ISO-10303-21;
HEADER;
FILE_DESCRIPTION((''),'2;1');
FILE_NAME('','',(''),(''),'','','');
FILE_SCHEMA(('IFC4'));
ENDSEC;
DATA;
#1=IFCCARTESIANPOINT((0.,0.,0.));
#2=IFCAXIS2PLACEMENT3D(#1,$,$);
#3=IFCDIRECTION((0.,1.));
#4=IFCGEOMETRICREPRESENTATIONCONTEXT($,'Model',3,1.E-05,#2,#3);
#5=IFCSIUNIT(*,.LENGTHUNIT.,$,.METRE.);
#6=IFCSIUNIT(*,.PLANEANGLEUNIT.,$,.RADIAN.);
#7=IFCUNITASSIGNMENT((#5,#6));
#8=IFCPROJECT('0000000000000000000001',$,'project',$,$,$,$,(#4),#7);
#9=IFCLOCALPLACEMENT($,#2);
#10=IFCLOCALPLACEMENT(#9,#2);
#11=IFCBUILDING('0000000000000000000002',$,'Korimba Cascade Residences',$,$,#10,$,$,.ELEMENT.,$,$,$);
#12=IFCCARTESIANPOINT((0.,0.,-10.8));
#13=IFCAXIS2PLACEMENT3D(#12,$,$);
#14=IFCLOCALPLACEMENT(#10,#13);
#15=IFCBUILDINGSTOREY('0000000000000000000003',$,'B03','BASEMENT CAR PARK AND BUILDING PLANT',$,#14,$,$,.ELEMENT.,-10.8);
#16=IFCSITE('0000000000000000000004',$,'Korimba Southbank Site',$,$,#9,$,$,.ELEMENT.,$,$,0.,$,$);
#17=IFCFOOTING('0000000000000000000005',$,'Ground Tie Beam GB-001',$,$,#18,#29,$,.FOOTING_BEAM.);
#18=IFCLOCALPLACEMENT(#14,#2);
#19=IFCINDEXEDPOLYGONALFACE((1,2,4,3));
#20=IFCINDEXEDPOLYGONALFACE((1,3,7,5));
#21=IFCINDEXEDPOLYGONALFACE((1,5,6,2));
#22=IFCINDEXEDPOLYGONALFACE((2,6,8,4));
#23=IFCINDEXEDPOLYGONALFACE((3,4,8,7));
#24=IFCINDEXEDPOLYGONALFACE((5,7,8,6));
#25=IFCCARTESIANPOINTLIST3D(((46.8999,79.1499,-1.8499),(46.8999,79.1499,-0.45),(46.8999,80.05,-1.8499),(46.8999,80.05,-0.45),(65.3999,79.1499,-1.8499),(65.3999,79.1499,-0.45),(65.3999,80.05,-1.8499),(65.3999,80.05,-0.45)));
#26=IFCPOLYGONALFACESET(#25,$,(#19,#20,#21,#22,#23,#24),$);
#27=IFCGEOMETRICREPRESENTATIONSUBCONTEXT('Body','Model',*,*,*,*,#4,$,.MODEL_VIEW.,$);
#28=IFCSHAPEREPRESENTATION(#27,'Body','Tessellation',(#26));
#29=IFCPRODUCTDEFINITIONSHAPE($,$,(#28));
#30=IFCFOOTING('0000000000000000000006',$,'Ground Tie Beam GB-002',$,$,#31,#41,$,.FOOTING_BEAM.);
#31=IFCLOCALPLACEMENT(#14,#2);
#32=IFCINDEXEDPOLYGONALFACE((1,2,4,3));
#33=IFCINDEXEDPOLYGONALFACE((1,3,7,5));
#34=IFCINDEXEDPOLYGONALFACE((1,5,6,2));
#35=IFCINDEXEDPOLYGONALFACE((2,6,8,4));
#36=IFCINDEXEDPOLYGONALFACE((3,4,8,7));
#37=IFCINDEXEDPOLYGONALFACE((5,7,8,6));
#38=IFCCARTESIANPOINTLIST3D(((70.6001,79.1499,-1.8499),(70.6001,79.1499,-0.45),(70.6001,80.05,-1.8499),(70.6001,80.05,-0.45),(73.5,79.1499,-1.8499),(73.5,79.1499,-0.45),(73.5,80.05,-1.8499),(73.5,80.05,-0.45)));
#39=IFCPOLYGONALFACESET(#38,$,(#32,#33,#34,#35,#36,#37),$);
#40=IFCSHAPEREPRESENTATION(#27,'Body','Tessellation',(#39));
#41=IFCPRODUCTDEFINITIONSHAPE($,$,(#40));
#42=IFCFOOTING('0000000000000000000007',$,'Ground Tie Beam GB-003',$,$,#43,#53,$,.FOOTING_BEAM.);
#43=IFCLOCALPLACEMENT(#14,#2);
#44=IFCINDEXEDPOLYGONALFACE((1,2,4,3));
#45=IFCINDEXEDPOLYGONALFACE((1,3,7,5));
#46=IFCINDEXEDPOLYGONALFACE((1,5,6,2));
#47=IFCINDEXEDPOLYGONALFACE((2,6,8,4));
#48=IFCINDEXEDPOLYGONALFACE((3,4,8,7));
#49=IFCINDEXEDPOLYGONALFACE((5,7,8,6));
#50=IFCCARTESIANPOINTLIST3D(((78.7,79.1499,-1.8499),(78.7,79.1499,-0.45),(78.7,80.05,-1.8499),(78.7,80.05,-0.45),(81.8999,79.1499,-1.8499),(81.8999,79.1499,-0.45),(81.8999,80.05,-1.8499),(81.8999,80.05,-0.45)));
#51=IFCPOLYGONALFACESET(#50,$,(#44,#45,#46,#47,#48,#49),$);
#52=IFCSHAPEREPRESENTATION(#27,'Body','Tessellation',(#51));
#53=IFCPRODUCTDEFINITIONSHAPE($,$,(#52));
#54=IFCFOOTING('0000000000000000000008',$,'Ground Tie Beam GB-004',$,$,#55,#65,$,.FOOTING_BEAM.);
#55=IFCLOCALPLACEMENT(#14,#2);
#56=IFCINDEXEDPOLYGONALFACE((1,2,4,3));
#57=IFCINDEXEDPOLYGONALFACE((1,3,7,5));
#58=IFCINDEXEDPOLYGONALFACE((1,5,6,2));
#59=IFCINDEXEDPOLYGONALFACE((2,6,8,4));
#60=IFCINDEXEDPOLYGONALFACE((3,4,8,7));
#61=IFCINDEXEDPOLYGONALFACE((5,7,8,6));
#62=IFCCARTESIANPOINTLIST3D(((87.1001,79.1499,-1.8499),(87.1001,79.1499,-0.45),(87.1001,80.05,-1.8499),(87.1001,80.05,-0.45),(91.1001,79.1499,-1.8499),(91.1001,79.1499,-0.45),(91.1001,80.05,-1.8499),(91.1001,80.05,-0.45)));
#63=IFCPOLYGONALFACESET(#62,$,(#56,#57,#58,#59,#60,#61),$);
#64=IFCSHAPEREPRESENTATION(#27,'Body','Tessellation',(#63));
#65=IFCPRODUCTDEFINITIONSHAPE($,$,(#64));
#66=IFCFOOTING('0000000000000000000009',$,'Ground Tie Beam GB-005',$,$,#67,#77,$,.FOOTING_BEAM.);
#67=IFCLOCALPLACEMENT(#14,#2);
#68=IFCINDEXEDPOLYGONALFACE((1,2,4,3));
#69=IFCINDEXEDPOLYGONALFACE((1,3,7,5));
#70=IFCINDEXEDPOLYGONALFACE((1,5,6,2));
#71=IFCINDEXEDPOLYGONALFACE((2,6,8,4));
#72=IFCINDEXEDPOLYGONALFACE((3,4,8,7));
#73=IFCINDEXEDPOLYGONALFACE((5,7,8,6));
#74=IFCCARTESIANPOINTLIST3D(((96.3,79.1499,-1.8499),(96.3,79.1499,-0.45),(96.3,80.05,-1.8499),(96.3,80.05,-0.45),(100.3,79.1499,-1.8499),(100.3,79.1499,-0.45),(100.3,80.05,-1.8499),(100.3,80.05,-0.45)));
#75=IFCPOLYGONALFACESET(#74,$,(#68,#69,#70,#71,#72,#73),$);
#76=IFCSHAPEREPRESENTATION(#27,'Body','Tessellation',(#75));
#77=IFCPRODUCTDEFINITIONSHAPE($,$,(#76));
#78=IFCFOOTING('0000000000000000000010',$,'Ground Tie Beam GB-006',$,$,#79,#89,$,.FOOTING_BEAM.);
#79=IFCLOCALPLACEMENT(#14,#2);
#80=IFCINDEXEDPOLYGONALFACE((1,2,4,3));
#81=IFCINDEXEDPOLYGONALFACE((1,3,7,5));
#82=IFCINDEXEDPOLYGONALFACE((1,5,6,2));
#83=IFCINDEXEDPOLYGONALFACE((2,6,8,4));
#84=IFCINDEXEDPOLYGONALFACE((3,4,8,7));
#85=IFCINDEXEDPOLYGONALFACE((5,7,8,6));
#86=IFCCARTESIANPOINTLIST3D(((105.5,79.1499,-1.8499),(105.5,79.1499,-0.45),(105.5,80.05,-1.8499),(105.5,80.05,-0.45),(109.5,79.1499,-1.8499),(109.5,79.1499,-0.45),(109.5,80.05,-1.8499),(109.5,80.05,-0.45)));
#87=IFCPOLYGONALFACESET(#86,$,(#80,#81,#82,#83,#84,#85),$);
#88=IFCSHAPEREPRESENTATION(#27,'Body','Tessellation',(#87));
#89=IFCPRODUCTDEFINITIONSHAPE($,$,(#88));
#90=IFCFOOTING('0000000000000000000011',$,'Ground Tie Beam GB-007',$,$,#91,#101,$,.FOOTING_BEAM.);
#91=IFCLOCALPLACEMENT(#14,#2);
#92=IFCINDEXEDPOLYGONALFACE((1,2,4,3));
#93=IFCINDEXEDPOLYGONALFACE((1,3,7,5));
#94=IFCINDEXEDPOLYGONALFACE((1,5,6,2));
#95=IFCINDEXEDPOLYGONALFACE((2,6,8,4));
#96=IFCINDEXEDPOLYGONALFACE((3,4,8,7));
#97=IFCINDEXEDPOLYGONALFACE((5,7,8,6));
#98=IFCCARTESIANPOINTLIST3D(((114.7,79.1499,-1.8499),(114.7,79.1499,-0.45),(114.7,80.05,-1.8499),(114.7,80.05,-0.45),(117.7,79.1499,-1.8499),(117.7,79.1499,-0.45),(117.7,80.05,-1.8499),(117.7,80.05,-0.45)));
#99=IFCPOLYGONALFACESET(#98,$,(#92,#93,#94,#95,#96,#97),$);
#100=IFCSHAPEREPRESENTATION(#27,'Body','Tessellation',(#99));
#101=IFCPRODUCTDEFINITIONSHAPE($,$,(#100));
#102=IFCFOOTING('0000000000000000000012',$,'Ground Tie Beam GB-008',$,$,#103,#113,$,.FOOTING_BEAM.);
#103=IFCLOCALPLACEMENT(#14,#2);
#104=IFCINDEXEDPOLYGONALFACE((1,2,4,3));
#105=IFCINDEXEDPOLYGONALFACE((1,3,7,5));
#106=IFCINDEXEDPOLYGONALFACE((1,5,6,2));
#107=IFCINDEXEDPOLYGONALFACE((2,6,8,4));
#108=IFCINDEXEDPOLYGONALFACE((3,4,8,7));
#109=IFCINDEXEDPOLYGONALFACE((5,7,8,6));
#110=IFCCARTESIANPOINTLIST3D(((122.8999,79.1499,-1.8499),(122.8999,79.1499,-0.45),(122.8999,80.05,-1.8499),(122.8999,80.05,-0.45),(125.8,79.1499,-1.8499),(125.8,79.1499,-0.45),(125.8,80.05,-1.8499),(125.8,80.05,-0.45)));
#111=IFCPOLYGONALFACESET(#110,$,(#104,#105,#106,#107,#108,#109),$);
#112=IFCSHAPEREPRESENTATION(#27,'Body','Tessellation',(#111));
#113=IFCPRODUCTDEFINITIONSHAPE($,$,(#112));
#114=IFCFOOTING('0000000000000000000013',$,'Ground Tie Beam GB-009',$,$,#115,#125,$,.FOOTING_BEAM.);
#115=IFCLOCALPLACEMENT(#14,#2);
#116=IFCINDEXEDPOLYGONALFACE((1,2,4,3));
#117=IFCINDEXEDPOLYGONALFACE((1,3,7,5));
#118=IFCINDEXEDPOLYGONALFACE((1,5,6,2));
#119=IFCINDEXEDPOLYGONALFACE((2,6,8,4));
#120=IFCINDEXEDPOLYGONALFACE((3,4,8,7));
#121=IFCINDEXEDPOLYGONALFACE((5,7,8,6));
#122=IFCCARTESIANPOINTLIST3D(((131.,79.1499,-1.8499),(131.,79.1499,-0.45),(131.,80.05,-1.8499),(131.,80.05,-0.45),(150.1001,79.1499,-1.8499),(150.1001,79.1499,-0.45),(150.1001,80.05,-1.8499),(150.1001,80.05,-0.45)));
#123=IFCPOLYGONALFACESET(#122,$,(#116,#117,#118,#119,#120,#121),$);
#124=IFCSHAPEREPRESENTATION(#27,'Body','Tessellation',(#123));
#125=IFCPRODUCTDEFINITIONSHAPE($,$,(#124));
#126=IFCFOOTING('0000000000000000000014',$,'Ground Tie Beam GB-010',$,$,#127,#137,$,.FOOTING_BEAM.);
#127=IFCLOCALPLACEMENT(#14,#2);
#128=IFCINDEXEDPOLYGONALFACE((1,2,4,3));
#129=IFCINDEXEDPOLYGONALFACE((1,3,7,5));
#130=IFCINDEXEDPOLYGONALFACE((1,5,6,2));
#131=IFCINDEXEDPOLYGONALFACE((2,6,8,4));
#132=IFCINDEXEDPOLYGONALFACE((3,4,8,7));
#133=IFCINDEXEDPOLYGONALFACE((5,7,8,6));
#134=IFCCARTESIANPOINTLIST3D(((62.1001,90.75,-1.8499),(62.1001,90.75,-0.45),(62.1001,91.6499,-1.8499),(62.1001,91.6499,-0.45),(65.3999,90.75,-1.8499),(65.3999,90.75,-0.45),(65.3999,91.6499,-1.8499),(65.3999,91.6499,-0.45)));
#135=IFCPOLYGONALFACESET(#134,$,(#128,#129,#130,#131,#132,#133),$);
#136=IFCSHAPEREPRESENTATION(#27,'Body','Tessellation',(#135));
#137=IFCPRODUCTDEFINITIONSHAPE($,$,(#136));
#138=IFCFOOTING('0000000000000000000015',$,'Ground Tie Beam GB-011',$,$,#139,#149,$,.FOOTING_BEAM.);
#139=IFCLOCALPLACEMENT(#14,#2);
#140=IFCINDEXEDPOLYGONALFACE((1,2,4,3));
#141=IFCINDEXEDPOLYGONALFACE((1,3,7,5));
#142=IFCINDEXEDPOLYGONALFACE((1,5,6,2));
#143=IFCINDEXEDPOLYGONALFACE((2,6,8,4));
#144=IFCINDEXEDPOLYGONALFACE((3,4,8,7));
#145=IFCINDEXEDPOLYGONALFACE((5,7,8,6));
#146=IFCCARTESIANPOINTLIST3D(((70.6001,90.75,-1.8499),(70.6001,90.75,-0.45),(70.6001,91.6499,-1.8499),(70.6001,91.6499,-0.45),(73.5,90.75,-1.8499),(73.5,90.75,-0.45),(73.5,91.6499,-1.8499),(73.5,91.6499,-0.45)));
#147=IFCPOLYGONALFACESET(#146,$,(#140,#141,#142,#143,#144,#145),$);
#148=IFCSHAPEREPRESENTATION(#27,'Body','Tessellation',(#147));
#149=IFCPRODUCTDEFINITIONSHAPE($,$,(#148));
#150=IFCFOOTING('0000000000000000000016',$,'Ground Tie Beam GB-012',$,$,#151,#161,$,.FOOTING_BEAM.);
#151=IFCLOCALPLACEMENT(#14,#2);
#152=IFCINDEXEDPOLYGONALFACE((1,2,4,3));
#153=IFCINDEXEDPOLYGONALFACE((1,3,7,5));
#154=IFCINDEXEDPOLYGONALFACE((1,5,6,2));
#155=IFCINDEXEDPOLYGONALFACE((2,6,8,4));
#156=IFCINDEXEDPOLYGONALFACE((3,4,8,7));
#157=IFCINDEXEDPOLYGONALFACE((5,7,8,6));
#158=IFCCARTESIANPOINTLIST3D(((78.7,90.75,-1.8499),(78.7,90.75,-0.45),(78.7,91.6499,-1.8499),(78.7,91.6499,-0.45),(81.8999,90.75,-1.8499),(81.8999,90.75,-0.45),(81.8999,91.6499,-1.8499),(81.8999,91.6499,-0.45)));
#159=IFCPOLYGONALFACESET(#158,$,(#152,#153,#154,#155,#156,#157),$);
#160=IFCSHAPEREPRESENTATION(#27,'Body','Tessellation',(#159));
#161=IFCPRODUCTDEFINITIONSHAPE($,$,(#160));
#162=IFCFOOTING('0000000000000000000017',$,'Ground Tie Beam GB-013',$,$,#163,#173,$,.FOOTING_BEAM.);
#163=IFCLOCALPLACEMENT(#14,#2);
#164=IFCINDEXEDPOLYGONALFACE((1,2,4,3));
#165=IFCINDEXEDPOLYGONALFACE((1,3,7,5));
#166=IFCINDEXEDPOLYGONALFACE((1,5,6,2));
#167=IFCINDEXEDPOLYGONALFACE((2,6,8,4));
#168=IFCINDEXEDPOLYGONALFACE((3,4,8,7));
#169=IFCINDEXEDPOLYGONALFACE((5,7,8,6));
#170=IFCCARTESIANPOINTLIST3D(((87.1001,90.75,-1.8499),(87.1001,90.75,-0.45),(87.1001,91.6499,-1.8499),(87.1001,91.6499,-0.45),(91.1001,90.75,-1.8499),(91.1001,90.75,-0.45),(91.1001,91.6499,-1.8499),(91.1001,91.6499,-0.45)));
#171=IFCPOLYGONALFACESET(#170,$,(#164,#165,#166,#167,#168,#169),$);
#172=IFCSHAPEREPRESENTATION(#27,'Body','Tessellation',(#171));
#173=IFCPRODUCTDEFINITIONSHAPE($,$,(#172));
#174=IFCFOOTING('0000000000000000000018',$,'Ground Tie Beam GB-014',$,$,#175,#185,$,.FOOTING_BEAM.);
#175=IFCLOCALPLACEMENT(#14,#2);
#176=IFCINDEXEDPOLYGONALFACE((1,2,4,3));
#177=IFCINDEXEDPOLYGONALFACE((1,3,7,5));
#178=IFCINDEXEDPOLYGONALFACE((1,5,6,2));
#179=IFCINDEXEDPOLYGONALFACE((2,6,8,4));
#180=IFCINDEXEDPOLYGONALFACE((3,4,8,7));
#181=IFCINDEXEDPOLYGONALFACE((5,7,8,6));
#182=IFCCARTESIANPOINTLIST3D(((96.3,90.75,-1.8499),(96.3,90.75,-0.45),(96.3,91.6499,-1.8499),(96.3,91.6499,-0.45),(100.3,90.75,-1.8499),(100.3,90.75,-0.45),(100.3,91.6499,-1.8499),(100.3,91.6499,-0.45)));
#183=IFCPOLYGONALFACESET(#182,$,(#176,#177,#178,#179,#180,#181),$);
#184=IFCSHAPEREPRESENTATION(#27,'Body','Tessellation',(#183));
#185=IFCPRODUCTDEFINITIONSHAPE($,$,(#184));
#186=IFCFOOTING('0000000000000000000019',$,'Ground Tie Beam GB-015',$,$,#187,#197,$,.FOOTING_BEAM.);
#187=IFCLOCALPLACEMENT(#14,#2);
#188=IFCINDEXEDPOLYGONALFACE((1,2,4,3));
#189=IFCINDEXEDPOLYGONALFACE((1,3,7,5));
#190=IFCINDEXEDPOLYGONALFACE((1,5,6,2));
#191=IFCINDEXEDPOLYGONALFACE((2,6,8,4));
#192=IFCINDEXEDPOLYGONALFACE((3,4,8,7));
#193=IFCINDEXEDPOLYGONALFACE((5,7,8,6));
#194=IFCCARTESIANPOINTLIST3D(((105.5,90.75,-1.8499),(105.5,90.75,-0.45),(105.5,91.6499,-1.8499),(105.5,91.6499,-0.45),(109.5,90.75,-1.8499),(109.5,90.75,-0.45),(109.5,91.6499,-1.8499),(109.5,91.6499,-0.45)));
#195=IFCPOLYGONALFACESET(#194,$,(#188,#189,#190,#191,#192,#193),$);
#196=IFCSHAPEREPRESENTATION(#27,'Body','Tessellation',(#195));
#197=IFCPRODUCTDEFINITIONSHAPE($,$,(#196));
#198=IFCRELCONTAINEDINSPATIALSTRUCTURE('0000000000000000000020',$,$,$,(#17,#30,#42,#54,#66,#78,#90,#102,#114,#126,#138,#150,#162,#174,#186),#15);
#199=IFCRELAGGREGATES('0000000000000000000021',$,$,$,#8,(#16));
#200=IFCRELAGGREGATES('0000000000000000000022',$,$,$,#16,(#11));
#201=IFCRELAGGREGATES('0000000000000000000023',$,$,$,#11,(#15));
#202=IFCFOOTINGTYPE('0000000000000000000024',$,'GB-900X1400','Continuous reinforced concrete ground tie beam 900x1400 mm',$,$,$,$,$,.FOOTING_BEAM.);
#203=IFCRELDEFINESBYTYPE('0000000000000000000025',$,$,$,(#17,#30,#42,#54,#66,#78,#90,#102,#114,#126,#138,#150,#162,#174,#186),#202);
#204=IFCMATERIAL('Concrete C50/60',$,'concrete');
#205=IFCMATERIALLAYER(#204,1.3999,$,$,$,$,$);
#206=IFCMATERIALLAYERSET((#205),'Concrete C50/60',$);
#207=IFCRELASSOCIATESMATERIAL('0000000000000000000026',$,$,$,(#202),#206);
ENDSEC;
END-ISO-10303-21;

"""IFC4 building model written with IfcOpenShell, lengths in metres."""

from ifc_helpers import new_model, si_unit, direction, frame, origin, place, context, subcontext, project, spatial, polyline, outline, extrude, material, layer, layer_set, type_object, element, save


model = new_model("IFC4")

# Units and contexts
model_context = context("Model", 3, precision=1e-05, world=origin(), true_north=direction((0.0, 1.0)))
body_context = subcontext(model_context, "Body", "Model", "MODEL_VIEW")
ifc_project = project(units=[si_unit("LENGTHUNIT", "METRE"), si_unit("PLANEANGLEUNIT", "RADIAN")], contexts=[model_context])

# Site, building, storey
site_placement = place(None, origin())
site = spatial("IfcSite", under=ifc_project, at=site_placement, Name="Korimba Southbank Site", CompositionType="ELEMENT", RefElevation=0.0)
building_placement = place(site_placement, origin())
building = spatial("IfcBuilding", under=site, at=building_placement, Name="Korimba Cascade Residences", CompositionType="ELEMENT")
storey_placement = place(building_placement, frame((0.0, 0.0, -10.8)))
storey = spatial("IfcBuildingStorey", under=building, at=storey_placement, Name="B03", Description="BASEMENT CAR PARK AND BUILDING PLANT", CompositionType="ELEMENT", Elevation=-10.8)

# Footings
ifc_material = material(Name="Concrete C50/60", Category="concrete")
ifc_layer_1 = layer(ifc_material, 1.3999)
ifc_layer_set_1 = layer_set([ifc_layer_1], Name="Concrete C50/60")
footing_type_1 = type_object("IfcFootingType", Name="GB-900X1400", Description="Continuous reinforced concrete ground tie beam 900x1400 mm", PredefinedType="FOOTING_BEAM", material=ifc_layer_set_1)
footing_1_placement = place(storey_placement, frame((0.0, 0.0, -1.8499)))
element("IfcFooting", 1, at=footing_1_placement, inside=storey, type_object=footing_type_1, Name="Ground Tie Beam GB-001", PredefinedType="FOOTING_BEAM", context=body_context, shape_type="SweptSolid", body=[
    extrude(outline(polyline([(46.8999, 79.1499), (65.3999, 79.1499), (65.3999, 80.05), (46.8999, 80.05), (46.8999, 79.1499)])), origin(), (0.0, 0.0, 1.0), 1.3999),
])
footing_2_placement = place(storey_placement, frame((0.0, 0.0, -1.8499)))
element("IfcFooting", 2, at=footing_2_placement, inside=storey, type_object=footing_type_1, Name="Ground Tie Beam GB-002", PredefinedType="FOOTING_BEAM", context=body_context, shape_type="SweptSolid", body=[
    extrude(outline(polyline([(70.6001, 79.1499), (73.5, 79.1499), (73.5, 80.05), (70.6001, 80.05), (70.6001, 79.1499)])), origin(), (0.0, 0.0, 1.0), 1.3999),
])
footing_3_placement = place(storey_placement, frame((0.0, 0.0, -1.8499)))
element("IfcFooting", 3, at=footing_3_placement, inside=storey, type_object=footing_type_1, Name="Ground Tie Beam GB-003", PredefinedType="FOOTING_BEAM", context=body_context, shape_type="SweptSolid", body=[
    extrude(outline(polyline([(78.7, 79.1499), (81.8999, 79.1499), (81.8999, 80.05), (78.7, 80.05), (78.7, 79.1499)])), origin(), (0.0, 0.0, 1.0), 1.3999),
])
footing_4_placement = place(storey_placement, frame((0.0, 0.0, -1.8499)))
element("IfcFooting", 4, at=footing_4_placement, inside=storey, type_object=footing_type_1, Name="Ground Tie Beam GB-004", PredefinedType="FOOTING_BEAM", context=body_context, shape_type="SweptSolid", body=[
    extrude(outline(polyline([(87.1001, 79.1499), (91.1001, 79.1499), (91.1001, 80.05), (87.1001, 80.05), (87.1001, 79.1499)])), origin(), (0.0, 0.0, 1.0), 1.3999),
])
footing_5_placement = place(storey_placement, frame((0.0, 0.0, -1.8499)))
element("IfcFooting", 5, at=footing_5_placement, inside=storey, type_object=footing_type_1, Name="Ground Tie Beam GB-005", PredefinedType="FOOTING_BEAM", context=body_context, shape_type="SweptSolid", body=[
    extrude(outline(polyline([(96.3, 79.1499), (100.3, 79.1499), (100.3, 80.05), (96.3, 80.05), (96.3, 79.1499)])), origin(), (0.0, 0.0, 1.0), 1.3999),
])
footing_6_placement = place(storey_placement, frame((0.0, 0.0, -1.8499)))
element("IfcFooting", 6, at=footing_6_placement, inside=storey, type_object=footing_type_1, Name="Ground Tie Beam GB-006", PredefinedType="FOOTING_BEAM", context=body_context, shape_type="SweptSolid", body=[
    extrude(outline(polyline([(105.5, 79.1499), (109.5, 79.1499), (109.5, 80.05), (105.5, 80.05), (105.5, 79.1499)])), origin(), (0.0, 0.0, 1.0), 1.3999),
])
footing_7_placement = place(storey_placement, frame((0.0, 0.0, -1.8499)))
element("IfcFooting", 7, at=footing_7_placement, inside=storey, type_object=footing_type_1, Name="Ground Tie Beam GB-007", PredefinedType="FOOTING_BEAM", context=body_context, shape_type="SweptSolid", body=[
    extrude(outline(polyline([(114.7, 79.1499), (117.7, 79.1499), (117.7, 80.05), (114.7, 80.05), (114.7, 79.1499)])), origin(), (0.0, 0.0, 1.0), 1.3999),
])
footing_8_placement = place(storey_placement, frame((0.0, 0.0, -1.8499)))
element("IfcFooting", 8, at=footing_8_placement, inside=storey, type_object=footing_type_1, Name="Ground Tie Beam GB-008", PredefinedType="FOOTING_BEAM", context=body_context, shape_type="SweptSolid", body=[
    extrude(outline(polyline([(122.8999, 79.1499), (125.8, 79.1499), (125.8, 80.05), (122.8999, 80.05), (122.8999, 79.1499)])), origin(), (0.0, 0.0, 1.0), 1.3999),
])
footing_9_placement = place(storey_placement, frame((0.0, 0.0, -1.8499)))
element("IfcFooting", 9, at=footing_9_placement, inside=storey, type_object=footing_type_1, Name="Ground Tie Beam GB-009", PredefinedType="FOOTING_BEAM", context=body_context, shape_type="SweptSolid", body=[
    extrude(outline(polyline([(131.0, 79.1499), (150.1001, 79.1499), (150.1001, 80.05), (131.0, 80.05), (131.0, 79.1499)])), origin(), (0.0, 0.0, 1.0), 1.3999),
])
footing_10_placement = place(storey_placement, frame((0.0, 0.0, -1.8499)))
element("IfcFooting", 10, at=footing_10_placement, inside=storey, type_object=footing_type_1, Name="Ground Tie Beam GB-010", PredefinedType="FOOTING_BEAM", context=body_context, shape_type="SweptSolid", body=[
    extrude(outline(polyline([(62.1001, 90.75), (65.3999, 90.75), (65.3999, 91.6499), (62.1001, 91.6499), (62.1001, 90.75)])), origin(), (0.0, 0.0, 1.0), 1.3999),
])
footing_11_placement = place(storey_placement, frame((0.0, 0.0, -1.8499)))
element("IfcFooting", 11, at=footing_11_placement, inside=storey, type_object=footing_type_1, Name="Ground Tie Beam GB-011", PredefinedType="FOOTING_BEAM", context=body_context, shape_type="SweptSolid", body=[
    extrude(outline(polyline([(70.6001, 90.75), (73.5, 90.75), (73.5, 91.6499), (70.6001, 91.6499), (70.6001, 90.75)])), origin(), (0.0, 0.0, 1.0), 1.3999),
])
footing_12_placement = place(storey_placement, frame((0.0, 0.0, -1.8499)))
element("IfcFooting", 12, at=footing_12_placement, inside=storey, type_object=footing_type_1, Name="Ground Tie Beam GB-012", PredefinedType="FOOTING_BEAM", context=body_context, shape_type="SweptSolid", body=[
    extrude(outline(polyline([(78.7, 90.75), (81.8999, 90.75), (81.8999, 91.6499), (78.7, 91.6499), (78.7, 90.75)])), origin(), (0.0, 0.0, 1.0), 1.3999),
])
footing_13_placement = place(storey_placement, frame((0.0, 0.0, -1.8499)))
element("IfcFooting", 13, at=footing_13_placement, inside=storey, type_object=footing_type_1, Name="Ground Tie Beam GB-013", PredefinedType="FOOTING_BEAM", context=body_context, shape_type="SweptSolid", body=[
    extrude(outline(polyline([(87.1001, 90.75), (91.1001, 90.75), (91.1001, 91.6499), (87.1001, 91.6499), (87.1001, 90.75)])), origin(), (0.0, 0.0, 1.0), 1.3999),
])
footing_14_placement = place(storey_placement, frame((0.0, 0.0, -1.8499)))
element("IfcFooting", 14, at=footing_14_placement, inside=storey, type_object=footing_type_1, Name="Ground Tie Beam GB-014", PredefinedType="FOOTING_BEAM", context=body_context, shape_type="SweptSolid", body=[
    extrude(outline(polyline([(96.3, 90.75), (100.3, 90.75), (100.3, 91.6499), (96.3, 91.6499), (96.3, 90.75)])), origin(), (0.0, 0.0, 1.0), 1.3999),
])
footing_15_placement = place(storey_placement, frame((0.0, 0.0, -1.8499)))
element("IfcFooting", 15, at=footing_15_placement, inside=storey, type_object=footing_type_1, Name="Ground Tie Beam GB-015", PredefinedType="FOOTING_BEAM", context=body_context, shape_type="SweptSolid", body=[
    extrude(outline(polyline([(105.5, 90.75), (109.5, 90.75), (109.5, 91.6499), (105.5, 91.6499), (105.5, 90.75)])), origin(), (0.0, 0.0, 1.0), 1.3999),
])

save(model, "model.ifc")
